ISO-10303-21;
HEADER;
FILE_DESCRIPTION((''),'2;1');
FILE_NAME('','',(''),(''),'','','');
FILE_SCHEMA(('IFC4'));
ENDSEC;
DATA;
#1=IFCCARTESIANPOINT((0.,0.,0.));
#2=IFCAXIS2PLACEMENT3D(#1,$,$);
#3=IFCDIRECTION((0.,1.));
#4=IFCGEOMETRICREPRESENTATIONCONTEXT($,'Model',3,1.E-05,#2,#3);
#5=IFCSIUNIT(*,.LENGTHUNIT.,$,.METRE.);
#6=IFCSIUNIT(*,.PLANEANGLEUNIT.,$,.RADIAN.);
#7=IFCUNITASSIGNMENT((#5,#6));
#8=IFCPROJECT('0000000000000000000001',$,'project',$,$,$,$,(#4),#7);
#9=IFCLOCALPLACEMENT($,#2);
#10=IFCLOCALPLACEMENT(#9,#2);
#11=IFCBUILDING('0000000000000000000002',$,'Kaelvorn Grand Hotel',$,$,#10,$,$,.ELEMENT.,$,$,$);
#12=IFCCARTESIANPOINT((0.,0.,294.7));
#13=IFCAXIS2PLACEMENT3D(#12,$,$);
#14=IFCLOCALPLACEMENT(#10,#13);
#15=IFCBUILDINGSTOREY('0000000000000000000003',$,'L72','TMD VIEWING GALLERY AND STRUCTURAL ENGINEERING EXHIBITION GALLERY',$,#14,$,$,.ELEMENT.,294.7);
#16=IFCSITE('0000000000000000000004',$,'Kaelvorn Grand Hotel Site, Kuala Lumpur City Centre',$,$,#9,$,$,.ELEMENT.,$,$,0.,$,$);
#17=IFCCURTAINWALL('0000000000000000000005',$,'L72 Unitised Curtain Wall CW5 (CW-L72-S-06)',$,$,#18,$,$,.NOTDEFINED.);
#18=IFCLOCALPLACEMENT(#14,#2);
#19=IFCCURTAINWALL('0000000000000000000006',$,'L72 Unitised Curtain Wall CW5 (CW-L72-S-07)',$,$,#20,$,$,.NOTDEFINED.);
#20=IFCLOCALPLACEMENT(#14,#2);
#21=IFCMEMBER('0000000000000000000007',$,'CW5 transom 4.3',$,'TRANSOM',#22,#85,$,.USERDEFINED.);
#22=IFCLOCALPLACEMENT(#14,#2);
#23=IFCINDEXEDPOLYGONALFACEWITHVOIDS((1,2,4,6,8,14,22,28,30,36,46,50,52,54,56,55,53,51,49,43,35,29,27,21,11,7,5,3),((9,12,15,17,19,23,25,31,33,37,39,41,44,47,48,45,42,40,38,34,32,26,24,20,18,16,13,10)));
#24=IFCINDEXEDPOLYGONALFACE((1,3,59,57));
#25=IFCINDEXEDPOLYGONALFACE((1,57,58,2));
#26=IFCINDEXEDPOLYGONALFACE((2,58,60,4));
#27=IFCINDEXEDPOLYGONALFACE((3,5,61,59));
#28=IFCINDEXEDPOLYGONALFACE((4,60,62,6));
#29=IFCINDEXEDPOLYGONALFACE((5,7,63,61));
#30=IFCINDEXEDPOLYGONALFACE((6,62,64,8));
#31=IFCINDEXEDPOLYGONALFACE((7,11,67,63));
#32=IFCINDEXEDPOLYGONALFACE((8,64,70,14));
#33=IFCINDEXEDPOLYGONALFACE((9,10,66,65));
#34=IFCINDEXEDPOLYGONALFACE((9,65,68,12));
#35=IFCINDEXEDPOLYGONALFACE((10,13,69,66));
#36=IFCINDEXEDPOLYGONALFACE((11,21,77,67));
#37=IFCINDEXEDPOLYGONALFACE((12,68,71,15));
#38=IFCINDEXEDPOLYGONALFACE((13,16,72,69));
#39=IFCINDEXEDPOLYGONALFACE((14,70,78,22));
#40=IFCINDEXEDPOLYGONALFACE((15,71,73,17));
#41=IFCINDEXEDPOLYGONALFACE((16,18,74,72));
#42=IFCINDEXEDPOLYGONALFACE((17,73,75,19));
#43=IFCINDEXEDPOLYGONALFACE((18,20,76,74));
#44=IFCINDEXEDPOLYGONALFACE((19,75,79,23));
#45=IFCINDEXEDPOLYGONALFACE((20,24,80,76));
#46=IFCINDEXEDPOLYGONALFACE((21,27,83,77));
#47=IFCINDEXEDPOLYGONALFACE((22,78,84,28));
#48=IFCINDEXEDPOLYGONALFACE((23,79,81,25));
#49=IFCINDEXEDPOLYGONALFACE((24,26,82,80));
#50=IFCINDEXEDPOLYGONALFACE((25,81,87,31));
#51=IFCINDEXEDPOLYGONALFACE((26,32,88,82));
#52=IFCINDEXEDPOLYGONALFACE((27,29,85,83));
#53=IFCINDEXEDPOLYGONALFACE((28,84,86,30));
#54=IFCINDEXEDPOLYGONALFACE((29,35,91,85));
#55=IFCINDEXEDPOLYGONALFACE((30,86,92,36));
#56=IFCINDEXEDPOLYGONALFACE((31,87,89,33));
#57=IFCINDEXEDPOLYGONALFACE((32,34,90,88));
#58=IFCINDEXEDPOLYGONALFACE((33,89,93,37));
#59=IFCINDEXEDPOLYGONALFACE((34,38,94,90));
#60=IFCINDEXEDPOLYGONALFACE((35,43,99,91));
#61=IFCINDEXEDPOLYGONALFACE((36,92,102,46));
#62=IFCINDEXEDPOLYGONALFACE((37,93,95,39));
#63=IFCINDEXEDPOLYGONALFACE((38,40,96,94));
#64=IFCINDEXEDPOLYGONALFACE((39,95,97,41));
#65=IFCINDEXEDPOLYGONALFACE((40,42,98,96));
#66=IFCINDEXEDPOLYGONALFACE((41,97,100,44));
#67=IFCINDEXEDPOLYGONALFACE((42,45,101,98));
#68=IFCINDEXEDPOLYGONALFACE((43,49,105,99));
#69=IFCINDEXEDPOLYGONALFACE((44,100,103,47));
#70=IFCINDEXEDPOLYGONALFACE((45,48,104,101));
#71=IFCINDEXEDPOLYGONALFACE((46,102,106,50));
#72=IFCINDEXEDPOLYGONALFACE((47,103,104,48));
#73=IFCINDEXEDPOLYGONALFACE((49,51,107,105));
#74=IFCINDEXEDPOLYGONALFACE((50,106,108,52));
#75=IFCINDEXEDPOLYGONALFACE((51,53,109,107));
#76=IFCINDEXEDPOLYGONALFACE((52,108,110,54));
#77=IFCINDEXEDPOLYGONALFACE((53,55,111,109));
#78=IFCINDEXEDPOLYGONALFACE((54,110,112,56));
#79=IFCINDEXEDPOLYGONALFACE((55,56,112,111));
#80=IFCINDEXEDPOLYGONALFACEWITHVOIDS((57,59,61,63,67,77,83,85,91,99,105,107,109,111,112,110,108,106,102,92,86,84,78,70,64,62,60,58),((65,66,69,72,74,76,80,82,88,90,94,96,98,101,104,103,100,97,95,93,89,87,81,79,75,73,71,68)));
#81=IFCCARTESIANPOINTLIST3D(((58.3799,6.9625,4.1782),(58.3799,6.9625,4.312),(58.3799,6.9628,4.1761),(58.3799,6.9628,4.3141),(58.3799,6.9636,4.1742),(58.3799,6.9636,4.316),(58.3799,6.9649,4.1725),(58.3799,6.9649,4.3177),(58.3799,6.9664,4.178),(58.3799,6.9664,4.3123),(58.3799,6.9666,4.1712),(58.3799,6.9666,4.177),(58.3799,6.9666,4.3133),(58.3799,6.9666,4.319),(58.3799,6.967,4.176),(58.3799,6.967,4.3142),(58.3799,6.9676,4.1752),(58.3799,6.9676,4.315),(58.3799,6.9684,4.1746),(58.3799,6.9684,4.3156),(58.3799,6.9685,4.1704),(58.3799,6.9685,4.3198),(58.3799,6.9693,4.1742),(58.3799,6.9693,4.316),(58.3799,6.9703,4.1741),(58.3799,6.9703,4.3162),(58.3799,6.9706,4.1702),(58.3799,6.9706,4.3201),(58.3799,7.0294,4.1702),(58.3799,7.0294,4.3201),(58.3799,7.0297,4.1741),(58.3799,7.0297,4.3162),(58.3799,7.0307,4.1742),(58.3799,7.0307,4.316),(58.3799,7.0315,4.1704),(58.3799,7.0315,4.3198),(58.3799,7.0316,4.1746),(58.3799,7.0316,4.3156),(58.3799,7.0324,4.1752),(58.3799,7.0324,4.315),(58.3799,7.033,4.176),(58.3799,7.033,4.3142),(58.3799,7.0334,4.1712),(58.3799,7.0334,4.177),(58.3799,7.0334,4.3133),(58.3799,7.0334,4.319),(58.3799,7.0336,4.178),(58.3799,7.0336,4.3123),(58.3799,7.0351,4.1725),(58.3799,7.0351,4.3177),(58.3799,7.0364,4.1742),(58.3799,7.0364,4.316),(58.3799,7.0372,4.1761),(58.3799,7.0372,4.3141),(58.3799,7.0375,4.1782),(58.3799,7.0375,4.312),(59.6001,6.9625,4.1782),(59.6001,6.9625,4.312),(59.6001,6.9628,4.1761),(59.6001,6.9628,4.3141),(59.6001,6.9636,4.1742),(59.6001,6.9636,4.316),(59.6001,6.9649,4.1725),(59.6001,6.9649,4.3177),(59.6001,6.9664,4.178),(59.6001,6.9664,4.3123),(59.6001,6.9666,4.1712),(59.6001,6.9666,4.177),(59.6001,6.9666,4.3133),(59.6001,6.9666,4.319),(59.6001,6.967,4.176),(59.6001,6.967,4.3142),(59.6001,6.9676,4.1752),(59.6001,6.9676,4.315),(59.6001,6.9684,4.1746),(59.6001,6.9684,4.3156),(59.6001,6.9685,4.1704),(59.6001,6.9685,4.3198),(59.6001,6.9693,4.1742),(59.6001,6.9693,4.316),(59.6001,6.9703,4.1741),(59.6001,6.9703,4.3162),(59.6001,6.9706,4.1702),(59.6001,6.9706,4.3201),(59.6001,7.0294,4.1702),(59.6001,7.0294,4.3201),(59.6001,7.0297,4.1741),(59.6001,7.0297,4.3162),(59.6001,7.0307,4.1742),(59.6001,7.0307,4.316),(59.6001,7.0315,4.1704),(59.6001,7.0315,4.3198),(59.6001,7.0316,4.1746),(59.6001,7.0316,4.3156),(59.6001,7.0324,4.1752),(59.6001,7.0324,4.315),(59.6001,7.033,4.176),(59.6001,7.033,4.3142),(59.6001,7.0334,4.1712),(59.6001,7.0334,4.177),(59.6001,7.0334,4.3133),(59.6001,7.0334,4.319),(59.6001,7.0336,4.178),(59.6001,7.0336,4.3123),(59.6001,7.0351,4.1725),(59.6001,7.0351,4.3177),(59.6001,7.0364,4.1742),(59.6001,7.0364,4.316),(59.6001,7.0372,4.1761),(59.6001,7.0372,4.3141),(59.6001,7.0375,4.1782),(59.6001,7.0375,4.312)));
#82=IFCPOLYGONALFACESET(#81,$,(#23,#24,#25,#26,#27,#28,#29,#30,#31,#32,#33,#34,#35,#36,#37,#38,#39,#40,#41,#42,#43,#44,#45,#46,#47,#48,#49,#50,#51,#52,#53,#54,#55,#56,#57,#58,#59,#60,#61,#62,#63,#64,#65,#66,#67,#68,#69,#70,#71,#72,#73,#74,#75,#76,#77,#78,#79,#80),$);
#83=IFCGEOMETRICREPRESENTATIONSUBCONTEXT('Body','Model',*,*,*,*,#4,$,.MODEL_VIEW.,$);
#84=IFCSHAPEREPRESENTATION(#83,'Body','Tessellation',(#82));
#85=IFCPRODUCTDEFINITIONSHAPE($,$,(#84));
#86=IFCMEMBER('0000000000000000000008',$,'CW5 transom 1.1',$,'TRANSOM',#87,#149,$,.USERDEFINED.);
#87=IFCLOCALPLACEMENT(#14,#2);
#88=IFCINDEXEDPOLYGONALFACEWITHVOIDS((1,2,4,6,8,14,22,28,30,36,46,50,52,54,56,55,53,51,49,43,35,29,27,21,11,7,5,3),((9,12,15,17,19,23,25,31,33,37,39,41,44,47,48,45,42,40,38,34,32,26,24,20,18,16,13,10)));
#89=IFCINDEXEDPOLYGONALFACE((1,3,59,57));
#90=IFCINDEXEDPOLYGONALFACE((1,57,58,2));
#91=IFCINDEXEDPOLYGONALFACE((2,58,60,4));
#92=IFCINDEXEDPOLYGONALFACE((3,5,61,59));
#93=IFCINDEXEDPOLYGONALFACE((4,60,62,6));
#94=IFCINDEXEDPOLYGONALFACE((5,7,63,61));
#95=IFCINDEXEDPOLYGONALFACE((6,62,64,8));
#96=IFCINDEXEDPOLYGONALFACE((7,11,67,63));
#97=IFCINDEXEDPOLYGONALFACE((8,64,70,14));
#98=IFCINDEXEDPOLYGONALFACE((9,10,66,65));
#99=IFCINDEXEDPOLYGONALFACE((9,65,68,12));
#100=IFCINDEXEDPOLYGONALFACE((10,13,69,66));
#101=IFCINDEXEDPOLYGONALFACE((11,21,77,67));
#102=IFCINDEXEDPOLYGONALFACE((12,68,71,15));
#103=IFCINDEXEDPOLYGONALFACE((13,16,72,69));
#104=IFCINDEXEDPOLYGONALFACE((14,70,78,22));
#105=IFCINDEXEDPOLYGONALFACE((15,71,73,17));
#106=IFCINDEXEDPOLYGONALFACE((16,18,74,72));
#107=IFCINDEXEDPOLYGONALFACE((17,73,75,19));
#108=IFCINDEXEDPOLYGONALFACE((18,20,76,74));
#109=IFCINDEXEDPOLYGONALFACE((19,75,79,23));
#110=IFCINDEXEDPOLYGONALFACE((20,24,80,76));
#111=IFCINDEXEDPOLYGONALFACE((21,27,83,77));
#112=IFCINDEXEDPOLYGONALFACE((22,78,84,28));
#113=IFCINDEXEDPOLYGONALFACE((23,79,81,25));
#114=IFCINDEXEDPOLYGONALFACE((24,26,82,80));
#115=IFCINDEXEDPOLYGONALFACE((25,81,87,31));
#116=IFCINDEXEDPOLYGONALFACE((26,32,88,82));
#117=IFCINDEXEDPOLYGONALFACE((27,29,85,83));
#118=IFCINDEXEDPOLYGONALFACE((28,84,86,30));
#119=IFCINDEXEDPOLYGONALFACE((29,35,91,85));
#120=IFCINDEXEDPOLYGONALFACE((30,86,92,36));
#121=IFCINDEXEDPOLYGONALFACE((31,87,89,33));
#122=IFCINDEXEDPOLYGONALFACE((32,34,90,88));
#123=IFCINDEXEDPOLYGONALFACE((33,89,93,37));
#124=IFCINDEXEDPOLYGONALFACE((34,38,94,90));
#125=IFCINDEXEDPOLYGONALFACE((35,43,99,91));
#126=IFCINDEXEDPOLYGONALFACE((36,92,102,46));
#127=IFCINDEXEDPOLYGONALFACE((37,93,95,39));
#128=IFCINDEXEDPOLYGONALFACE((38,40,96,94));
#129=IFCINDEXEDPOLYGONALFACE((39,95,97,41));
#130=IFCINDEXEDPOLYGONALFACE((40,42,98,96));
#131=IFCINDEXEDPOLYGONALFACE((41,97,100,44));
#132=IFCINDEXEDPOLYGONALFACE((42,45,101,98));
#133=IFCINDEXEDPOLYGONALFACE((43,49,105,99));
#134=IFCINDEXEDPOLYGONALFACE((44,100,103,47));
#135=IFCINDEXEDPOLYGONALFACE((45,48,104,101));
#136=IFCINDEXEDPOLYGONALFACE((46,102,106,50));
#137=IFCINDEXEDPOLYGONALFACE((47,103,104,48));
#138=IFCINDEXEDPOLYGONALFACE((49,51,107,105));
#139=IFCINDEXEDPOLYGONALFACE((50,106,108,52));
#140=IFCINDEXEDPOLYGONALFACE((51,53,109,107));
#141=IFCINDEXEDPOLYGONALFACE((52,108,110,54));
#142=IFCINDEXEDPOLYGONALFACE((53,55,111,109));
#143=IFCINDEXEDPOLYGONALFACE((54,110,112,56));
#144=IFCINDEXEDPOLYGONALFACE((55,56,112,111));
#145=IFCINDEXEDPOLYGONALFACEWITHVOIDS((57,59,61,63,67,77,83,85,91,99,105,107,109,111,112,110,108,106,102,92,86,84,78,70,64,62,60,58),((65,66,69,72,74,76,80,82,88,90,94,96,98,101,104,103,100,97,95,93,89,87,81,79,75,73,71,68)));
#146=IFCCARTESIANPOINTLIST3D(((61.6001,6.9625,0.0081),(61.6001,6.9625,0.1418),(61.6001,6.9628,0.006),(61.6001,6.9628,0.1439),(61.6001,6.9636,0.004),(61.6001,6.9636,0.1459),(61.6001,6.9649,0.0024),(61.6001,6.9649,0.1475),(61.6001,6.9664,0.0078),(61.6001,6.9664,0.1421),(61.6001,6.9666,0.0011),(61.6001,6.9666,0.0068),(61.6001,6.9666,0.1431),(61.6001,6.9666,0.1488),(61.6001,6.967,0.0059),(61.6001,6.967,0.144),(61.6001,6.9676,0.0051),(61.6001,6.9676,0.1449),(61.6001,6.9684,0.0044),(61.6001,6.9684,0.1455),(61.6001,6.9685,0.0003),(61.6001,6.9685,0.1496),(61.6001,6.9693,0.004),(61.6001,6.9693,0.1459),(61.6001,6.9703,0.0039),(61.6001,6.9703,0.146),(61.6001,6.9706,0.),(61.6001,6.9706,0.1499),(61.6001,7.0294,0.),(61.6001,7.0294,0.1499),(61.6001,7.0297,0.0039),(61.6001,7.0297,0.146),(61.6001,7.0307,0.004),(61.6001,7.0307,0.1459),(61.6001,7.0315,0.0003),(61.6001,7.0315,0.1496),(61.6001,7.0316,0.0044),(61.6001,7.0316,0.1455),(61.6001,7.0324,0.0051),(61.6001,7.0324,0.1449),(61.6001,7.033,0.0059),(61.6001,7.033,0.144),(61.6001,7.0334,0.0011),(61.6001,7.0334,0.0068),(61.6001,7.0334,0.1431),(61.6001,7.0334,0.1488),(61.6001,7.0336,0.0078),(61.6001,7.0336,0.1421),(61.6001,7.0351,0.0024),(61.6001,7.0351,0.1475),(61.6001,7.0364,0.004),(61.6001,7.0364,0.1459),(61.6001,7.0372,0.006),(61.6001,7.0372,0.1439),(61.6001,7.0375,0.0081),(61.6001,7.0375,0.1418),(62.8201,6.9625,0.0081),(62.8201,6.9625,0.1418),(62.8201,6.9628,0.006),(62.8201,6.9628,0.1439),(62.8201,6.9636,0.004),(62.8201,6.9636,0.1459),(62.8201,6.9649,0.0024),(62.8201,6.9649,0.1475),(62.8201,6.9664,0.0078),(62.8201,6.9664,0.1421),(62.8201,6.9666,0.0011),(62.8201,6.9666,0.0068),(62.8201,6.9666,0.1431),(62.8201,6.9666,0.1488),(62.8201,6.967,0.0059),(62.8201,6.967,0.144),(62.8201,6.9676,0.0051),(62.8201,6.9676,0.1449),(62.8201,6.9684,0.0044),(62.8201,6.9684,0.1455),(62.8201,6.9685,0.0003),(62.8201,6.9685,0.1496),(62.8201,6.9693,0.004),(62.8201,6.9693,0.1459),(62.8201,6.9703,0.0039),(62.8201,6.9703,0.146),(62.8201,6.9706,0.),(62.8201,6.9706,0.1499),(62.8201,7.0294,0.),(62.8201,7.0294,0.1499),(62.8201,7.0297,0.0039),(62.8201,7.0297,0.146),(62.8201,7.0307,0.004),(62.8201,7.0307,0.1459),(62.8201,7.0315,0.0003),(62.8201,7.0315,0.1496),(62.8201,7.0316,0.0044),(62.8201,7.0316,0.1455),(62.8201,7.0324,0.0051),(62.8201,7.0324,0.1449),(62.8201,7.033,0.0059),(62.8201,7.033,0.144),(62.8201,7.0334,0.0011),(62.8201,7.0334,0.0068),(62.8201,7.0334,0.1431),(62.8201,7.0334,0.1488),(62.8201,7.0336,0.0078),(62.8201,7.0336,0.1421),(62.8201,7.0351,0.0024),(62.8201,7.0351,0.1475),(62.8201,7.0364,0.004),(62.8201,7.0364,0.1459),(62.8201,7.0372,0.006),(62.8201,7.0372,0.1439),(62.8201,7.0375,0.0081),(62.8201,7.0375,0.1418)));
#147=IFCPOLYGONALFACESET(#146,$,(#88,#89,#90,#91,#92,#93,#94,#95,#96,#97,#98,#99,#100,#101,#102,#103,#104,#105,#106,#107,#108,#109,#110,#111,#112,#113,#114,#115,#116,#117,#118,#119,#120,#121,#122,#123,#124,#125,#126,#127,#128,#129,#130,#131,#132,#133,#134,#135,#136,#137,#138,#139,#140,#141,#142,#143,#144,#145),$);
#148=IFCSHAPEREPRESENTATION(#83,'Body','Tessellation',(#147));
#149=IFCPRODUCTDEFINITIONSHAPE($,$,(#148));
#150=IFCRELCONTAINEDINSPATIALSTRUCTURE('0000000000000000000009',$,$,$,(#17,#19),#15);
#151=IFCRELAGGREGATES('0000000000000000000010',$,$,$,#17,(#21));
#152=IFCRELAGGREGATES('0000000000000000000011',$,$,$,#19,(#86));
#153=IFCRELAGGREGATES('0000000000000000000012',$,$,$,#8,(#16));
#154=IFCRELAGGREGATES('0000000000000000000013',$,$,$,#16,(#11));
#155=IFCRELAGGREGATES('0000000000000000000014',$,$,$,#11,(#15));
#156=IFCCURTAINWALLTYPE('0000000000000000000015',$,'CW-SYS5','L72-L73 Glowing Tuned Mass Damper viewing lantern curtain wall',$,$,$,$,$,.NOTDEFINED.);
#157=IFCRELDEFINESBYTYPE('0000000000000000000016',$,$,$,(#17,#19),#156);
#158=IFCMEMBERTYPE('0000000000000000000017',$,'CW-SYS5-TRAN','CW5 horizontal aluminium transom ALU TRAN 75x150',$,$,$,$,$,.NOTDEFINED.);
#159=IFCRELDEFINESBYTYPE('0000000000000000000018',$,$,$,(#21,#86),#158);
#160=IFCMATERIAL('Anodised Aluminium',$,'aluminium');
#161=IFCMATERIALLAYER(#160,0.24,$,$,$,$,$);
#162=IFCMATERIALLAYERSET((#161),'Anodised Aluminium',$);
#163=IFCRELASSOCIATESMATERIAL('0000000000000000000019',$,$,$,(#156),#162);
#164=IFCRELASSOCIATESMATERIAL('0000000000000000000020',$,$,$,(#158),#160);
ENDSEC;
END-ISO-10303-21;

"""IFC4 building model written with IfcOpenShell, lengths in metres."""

from ifc_helpers import new_model, si_unit, direction, frame, origin, origin_2d, place, context, subcontext, project, spatial, hollow_rectangle, extrude, material, layer, layer_set, material_profile, profile_set, type_object, element, aggregate, save


model = new_model("IFC4")

# Units and contexts
model_context = context("Model", 3, precision=1e-05, world=origin(), true_north=direction((0.0, 1.0)))
body_context = subcontext(model_context, "Body", "Model", "MODEL_VIEW")
ifc_project = project(units=[si_unit("LENGTHUNIT", "METRE"), si_unit("PLANEANGLEUNIT", "RADIAN")], contexts=[model_context])

# Site, building, storey
site_placement = place(None, origin())
site = spatial("IfcSite", under=ifc_project, at=site_placement, Name="Kaelvorn Grand Hotel Site, Kuala Lumpur City Centre", CompositionType="ELEMENT", RefElevation=0.0)
building_placement = place(site_placement, origin())
building = spatial("IfcBuilding", under=site, at=building_placement, Name="Kaelvorn Grand Hotel", CompositionType="ELEMENT")
storey_placement = place(building_placement, frame((0.0, 0.0, 294.7)))
storey = spatial("IfcBuildingStorey", under=building, at=storey_placement, Name="L72", Description="TMD VIEWING GALLERY AND STRUCTURAL ENGINEERING EXHIBITION GALLERY", CompositionType="ELEMENT", Elevation=294.7)

# Curtain walls
ifc_material_1 = material(Name="Anodised Aluminium", Category="aluminium")
ifc_layer_1 = layer(ifc_material_1, 0.24)
ifc_layer_set_1 = layer_set([ifc_layer_1], Name="Anodised Aluminium")
curtain_wall_type = type_object("IfcCurtainWallType", Name="CW-SYS5", Description="L72-L73 Glowing Tuned Mass Damper viewing lantern curtain wall", PredefinedType="NOTDEFINED", material=ifc_layer_set_1)
curtain_wall_1_placement = place(storey_placement, origin())
curtain_wall_1 = element("IfcCurtainWall", 1, at=curtain_wall_1_placement, inside=storey, type_object=curtain_wall_type, Name="L72 Unitised Curtain Wall CW5 (CW-L72-S-06)", PredefinedType="NOTDEFINED")
curtain_wall_2_placement = place(storey_placement, origin())
curtain_wall_2 = element("IfcCurtainWall", 2, at=curtain_wall_2_placement, inside=storey, type_object=curtain_wall_type, Name="L72 Unitised Curtain Wall CW5 (CW-L72-S-07)", PredefinedType="NOTDEFINED")

# Members
ifc_material_profile_1 = material_profile(ifc_material_1, hollow_rectangle(XDim=0.075, YDim=0.1499, WallThickness=0.0039, InnerFilletRadius=0.0039, OuterFilletRadius=0.0081, at=origin_2d()), Name="ALU TRAN 75x150")
ifc_profile_set_1 = profile_set([ifc_material_profile_1], Name="Anodised Aluminium")
member_type_1 = type_object("IfcMemberType", Name="CW-SYS5-TRAN", Description="CW5 horizontal aluminium transom ALU TRAN 75x150", PredefinedType="NOTDEFINED", material=ifc_profile_set_1)
member_1_placement = place(storey_placement, frame((58.3799, 7.0, 4.2451), z_axis=(1.0, 0.0, 0.0), x_axis=(0.0, 1.0, 0.0)))
member_1 = element("IfcMember", 3, at=member_1_placement, type_object=member_type_1, Name="CW5 transom 4.3", ObjectType="TRANSOM", PredefinedType="USERDEFINED", context=body_context, shape_type="SweptSolid", body=[
    extrude(hollow_rectangle(XDim=0.075, YDim=0.1499, WallThickness=0.0039, InnerFilletRadius=0.0039, OuterFilletRadius=0.0081, at=origin_2d()), origin(), (0.0, 0.0, 1.0), 1.2202),
])
member_2_placement = place(storey_placement, frame((61.6001, 7.0, 0.075), z_axis=(1.0, 0.0, 0.0), x_axis=(0.0, 1.0, 0.0)))
member_2 = element("IfcMember", 4, at=member_2_placement, type_object=member_type_1, Name="CW5 transom 1.1", ObjectType="TRANSOM", PredefinedType="USERDEFINED", context=body_context, shape_type="SweptSolid", body=[
    extrude(hollow_rectangle(XDim=0.075, YDim=0.1499, WallThickness=0.0039, InnerFilletRadius=0.0039, OuterFilletRadius=0.0081, at=origin_2d()), origin(), (0.0, 0.0, 1.0), 1.22),
])

aggregate(curtain_wall_1, [member_1])
aggregate(curtain_wall_2, [member_2])

save(model, "model.ifc")
